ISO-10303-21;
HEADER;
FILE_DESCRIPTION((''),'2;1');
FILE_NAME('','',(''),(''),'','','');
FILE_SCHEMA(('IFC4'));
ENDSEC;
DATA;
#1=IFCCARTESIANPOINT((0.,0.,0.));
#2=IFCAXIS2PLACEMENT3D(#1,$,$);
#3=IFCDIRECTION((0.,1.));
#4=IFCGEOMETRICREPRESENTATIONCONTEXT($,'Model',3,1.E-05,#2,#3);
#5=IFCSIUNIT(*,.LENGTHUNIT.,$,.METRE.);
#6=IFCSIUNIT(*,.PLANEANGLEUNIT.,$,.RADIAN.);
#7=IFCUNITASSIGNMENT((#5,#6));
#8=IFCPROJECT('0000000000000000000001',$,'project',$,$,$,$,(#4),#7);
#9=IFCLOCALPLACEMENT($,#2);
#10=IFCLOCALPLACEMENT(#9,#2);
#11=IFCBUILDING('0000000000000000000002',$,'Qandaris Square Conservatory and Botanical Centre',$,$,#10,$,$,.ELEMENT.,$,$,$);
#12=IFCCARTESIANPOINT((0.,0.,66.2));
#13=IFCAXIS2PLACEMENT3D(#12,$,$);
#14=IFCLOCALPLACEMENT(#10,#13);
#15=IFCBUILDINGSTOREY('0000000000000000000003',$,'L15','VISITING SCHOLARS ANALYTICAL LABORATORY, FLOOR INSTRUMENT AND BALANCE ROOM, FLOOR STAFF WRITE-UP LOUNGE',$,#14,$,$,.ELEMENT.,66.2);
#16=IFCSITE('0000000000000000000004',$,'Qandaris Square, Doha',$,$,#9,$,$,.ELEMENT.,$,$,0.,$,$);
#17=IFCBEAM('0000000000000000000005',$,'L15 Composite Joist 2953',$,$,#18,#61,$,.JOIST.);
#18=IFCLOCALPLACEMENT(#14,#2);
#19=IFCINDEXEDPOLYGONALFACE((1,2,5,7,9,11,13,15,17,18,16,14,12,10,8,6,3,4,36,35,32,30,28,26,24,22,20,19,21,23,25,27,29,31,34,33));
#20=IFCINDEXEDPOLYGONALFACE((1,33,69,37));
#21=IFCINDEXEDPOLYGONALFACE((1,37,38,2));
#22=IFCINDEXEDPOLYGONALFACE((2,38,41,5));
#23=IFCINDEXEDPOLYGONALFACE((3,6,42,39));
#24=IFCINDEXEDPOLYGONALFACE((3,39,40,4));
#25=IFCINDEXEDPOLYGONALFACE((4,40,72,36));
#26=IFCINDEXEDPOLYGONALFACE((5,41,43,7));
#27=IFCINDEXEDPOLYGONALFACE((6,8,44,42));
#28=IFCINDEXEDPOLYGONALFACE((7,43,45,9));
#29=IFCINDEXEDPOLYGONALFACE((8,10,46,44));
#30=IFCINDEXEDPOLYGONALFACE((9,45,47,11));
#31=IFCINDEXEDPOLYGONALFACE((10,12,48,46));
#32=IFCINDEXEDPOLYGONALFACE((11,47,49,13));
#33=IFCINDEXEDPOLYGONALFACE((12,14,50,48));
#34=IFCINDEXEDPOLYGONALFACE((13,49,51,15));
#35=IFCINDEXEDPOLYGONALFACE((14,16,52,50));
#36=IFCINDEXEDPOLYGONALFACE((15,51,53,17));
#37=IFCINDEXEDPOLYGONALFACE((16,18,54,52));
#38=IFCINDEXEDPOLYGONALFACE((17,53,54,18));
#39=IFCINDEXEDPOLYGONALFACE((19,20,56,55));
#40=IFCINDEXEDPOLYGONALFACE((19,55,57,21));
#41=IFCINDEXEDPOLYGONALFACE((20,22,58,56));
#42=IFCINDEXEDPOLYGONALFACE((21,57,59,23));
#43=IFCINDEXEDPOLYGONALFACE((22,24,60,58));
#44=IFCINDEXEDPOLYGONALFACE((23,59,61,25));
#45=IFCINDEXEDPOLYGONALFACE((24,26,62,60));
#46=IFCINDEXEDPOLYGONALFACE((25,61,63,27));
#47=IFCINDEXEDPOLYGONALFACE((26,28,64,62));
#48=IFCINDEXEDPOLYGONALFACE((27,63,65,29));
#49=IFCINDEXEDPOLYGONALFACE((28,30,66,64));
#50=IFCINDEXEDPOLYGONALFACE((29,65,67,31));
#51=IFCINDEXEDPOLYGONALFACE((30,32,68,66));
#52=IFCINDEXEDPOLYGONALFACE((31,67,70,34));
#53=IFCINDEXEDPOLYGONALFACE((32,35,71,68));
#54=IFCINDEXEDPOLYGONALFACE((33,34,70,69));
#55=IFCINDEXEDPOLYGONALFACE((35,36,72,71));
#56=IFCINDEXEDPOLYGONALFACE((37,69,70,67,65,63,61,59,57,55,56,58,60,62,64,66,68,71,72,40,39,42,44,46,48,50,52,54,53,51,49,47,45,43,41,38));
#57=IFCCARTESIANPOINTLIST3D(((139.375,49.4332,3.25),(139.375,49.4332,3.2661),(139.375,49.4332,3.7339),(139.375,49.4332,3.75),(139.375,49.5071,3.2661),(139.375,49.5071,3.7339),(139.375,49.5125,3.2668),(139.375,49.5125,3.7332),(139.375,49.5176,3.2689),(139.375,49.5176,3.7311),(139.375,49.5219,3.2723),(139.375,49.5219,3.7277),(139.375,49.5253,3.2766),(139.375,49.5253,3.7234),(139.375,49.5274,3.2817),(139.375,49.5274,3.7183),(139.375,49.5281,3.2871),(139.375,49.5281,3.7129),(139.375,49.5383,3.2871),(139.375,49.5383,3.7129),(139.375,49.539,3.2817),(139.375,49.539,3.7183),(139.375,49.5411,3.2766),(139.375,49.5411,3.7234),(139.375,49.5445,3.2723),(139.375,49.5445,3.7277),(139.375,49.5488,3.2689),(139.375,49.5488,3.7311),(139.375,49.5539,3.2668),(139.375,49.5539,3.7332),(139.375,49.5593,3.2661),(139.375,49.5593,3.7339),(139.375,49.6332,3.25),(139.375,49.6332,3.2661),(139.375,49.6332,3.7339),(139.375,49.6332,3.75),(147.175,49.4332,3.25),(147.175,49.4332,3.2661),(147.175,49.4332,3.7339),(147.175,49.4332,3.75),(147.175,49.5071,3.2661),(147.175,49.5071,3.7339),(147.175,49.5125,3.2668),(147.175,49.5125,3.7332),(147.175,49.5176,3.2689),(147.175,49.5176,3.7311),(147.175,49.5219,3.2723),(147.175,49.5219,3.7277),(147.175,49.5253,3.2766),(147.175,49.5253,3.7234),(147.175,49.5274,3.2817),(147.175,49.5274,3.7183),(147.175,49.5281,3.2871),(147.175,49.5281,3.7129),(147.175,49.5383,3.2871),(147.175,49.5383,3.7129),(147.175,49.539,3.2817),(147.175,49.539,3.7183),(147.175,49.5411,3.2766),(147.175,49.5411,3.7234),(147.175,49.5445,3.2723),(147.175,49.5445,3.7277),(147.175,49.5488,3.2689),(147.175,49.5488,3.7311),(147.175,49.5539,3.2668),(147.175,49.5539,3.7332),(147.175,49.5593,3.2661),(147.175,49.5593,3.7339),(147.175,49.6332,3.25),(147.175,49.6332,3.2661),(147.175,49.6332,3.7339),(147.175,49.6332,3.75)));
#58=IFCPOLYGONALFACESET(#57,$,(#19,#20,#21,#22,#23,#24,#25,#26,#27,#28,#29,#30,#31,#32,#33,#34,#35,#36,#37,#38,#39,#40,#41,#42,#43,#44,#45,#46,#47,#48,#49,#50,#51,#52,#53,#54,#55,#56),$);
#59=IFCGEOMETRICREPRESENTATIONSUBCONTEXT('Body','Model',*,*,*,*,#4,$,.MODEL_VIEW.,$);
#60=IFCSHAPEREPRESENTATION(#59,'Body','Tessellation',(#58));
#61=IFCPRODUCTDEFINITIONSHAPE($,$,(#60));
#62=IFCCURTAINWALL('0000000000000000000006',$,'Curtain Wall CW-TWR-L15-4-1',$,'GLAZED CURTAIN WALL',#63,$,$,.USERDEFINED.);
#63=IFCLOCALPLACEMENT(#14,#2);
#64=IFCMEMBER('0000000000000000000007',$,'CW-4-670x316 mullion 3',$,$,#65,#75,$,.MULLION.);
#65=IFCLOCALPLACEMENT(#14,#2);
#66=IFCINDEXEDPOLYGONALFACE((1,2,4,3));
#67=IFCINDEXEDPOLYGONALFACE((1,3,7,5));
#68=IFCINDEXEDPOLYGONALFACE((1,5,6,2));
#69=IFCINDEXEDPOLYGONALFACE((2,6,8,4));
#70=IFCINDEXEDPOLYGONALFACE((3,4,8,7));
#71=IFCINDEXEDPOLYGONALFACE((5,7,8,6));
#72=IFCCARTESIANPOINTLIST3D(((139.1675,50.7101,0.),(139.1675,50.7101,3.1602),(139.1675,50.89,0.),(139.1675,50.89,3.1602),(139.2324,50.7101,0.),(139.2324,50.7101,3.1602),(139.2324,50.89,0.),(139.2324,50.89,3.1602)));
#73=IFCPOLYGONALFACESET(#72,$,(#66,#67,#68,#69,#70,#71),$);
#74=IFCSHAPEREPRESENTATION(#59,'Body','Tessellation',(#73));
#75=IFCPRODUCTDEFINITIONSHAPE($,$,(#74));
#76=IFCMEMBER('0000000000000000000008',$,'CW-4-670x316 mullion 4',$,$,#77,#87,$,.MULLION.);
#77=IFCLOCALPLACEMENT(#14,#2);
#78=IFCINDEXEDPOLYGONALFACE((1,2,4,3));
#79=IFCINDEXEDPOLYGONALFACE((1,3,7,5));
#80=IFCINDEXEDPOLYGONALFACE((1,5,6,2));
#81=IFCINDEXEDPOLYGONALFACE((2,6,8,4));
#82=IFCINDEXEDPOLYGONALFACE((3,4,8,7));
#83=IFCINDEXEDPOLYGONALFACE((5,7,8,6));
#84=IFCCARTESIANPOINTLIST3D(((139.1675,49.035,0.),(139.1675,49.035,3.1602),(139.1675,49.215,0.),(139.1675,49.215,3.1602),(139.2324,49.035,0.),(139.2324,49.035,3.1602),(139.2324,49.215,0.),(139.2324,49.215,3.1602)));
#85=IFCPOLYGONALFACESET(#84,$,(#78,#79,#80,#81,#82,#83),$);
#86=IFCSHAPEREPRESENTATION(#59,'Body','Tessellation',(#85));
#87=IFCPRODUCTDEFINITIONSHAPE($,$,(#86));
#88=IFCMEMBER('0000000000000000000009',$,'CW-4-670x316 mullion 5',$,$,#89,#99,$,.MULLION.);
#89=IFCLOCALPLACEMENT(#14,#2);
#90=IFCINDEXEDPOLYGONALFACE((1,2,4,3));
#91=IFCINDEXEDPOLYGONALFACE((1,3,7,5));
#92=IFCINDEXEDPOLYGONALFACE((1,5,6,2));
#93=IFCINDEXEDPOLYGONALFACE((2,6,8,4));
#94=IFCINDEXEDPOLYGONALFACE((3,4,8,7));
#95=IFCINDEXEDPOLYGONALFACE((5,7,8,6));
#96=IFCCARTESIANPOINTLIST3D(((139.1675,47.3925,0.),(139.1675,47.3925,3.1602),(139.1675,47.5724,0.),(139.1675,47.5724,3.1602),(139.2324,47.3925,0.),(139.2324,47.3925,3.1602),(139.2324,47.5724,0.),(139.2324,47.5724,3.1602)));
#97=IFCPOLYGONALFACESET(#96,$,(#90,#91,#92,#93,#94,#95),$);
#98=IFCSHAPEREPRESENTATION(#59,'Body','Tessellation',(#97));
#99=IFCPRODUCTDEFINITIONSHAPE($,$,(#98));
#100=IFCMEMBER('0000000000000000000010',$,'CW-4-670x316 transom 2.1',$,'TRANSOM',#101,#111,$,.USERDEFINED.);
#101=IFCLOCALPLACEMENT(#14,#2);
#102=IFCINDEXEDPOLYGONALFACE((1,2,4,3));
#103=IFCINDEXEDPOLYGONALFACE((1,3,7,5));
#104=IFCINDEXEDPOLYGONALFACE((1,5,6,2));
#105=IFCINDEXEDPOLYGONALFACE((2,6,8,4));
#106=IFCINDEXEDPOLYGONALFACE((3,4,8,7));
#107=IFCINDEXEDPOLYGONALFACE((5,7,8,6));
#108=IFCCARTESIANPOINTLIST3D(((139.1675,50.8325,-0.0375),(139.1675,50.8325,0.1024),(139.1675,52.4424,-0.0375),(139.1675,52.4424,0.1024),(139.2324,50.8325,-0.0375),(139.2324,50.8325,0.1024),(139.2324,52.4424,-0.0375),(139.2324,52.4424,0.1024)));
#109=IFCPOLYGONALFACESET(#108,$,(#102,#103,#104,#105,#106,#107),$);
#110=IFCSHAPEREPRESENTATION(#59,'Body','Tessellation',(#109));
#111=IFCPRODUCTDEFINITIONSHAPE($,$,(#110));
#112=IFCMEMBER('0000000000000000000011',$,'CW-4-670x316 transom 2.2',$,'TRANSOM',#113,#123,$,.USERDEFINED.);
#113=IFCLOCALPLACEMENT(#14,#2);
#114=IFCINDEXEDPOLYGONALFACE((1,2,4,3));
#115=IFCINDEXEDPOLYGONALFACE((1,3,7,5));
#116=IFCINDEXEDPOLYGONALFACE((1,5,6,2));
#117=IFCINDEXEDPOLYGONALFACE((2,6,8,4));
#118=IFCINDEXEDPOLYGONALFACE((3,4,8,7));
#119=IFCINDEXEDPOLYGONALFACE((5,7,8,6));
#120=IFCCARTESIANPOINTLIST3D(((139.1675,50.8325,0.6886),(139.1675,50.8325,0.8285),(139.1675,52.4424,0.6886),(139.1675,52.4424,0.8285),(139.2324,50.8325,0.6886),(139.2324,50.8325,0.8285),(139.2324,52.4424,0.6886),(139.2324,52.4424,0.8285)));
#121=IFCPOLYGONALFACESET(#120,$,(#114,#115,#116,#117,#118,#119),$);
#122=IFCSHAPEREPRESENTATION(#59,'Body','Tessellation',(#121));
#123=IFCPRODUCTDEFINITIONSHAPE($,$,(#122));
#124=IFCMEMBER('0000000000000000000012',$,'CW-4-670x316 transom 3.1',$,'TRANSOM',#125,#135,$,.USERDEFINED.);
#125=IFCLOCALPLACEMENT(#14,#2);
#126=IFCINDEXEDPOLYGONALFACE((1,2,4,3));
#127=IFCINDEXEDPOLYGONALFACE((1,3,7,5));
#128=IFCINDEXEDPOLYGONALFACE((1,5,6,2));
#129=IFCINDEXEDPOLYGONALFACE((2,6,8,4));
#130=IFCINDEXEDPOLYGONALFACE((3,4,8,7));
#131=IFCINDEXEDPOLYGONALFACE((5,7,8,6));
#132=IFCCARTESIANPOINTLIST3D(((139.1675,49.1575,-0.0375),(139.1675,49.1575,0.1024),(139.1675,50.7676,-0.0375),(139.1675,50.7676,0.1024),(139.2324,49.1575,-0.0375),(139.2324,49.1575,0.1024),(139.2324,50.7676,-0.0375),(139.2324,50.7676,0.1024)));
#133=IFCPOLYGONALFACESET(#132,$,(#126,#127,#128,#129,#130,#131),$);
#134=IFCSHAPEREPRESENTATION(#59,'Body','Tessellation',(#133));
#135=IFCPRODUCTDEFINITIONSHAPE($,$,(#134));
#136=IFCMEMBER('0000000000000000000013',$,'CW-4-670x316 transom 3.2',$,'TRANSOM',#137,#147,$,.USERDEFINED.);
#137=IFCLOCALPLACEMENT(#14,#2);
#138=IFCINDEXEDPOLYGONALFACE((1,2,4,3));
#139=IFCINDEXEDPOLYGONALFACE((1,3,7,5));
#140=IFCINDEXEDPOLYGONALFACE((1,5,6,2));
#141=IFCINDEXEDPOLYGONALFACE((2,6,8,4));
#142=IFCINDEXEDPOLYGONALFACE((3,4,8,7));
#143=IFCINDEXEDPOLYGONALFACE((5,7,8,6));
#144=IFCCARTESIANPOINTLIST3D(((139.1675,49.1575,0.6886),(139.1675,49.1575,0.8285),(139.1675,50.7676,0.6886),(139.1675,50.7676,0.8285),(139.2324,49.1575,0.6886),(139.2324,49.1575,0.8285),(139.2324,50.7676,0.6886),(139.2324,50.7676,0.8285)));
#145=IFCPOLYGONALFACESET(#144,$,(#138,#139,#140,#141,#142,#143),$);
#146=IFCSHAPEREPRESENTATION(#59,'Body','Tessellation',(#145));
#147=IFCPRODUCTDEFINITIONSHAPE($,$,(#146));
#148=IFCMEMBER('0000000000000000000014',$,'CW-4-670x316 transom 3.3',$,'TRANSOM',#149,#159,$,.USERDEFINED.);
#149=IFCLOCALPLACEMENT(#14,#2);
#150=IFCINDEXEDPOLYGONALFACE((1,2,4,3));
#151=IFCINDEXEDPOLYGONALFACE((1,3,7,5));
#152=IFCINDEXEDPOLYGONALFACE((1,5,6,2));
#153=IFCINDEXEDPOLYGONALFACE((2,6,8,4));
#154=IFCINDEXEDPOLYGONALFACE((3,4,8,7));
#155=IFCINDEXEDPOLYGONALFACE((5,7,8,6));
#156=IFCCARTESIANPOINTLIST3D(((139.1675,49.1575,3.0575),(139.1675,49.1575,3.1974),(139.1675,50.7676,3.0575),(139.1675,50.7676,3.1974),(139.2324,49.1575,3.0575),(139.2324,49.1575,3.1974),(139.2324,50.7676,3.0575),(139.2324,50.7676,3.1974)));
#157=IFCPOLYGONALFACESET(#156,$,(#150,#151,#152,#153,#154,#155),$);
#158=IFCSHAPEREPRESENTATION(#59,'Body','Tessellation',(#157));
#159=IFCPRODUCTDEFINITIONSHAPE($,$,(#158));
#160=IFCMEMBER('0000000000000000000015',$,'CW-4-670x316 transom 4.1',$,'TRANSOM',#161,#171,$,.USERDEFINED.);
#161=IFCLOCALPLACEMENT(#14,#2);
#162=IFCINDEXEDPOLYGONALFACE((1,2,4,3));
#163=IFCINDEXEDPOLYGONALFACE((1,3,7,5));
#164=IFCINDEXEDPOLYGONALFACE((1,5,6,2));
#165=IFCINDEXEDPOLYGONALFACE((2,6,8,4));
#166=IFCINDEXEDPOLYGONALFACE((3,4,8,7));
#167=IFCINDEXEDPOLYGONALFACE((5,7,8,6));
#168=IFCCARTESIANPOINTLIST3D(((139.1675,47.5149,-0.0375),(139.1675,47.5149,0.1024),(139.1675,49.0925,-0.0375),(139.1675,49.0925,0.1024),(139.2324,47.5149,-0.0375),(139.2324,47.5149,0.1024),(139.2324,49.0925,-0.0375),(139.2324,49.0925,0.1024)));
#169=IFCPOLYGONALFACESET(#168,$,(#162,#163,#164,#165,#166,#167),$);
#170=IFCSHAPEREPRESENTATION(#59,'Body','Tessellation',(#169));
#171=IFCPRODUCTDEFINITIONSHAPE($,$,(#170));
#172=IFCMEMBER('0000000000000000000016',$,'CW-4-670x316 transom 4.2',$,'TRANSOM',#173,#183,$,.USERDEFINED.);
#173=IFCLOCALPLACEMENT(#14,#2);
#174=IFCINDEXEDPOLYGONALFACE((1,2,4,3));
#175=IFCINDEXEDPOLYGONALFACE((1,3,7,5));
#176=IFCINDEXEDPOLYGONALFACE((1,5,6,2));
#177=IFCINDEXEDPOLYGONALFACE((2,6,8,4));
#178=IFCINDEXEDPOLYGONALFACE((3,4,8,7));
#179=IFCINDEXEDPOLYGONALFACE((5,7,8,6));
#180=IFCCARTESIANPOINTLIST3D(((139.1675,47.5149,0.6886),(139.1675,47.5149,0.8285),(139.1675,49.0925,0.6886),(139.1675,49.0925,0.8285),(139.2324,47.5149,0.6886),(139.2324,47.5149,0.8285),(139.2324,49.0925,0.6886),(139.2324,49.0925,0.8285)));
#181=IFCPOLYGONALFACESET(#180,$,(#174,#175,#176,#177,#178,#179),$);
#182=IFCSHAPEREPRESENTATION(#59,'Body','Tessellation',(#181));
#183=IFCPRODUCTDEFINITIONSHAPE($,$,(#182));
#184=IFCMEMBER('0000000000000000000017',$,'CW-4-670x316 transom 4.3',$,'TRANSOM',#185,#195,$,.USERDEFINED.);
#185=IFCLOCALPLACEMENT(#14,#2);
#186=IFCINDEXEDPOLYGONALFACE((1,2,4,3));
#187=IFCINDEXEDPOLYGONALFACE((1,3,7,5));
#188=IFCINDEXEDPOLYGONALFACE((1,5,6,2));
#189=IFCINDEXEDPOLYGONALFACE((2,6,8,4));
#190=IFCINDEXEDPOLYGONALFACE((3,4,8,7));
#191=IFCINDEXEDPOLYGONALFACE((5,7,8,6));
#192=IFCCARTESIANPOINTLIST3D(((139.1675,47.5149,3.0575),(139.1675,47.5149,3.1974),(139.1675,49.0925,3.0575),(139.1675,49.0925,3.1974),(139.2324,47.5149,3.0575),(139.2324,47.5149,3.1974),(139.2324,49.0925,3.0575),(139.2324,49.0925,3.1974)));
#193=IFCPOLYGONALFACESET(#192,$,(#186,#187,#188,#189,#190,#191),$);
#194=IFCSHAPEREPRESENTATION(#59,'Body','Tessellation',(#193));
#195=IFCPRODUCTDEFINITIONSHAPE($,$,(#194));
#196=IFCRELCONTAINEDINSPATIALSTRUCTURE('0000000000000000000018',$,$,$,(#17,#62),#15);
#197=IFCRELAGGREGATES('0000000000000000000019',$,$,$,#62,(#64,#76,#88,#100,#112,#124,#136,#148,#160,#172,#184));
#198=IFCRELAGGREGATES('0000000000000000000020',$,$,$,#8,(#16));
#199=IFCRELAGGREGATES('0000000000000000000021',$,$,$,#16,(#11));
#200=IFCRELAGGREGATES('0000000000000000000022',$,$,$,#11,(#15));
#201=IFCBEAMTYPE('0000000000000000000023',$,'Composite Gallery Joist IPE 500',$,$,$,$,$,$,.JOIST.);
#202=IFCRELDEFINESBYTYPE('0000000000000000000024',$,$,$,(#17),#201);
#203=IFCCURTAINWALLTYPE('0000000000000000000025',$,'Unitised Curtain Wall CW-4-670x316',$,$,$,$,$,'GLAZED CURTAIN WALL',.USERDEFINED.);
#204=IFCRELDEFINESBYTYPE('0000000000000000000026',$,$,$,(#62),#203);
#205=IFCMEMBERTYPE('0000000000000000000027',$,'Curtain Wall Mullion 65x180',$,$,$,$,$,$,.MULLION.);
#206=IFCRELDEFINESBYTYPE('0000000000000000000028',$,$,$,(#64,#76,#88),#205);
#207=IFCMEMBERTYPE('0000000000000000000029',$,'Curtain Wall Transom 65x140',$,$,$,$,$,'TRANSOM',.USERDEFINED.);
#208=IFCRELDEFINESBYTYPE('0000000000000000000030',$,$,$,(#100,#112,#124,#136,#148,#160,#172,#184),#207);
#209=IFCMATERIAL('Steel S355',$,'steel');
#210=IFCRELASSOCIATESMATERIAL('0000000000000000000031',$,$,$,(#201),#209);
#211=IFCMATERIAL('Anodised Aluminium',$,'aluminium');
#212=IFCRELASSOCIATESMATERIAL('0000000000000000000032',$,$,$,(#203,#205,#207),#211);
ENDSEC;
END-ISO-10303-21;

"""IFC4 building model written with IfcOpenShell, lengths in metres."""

from ifc_helpers import new_model, si_unit, direction, frame, origin, origin_2d, place, context, subcontext, project, spatial, rectangle, i_section, extrude, material, material_profile, profile_set, type_object, element, aggregate, save


model = new_model("IFC4")

# Units and contexts
model_context = context("Model", 3, precision=1e-05, world=origin(), true_north=direction((0.0, 1.0)))
body_context = subcontext(model_context, "Body", "Model", "MODEL_VIEW")
ifc_project = project(units=[si_unit("LENGTHUNIT", "METRE"), si_unit("PLANEANGLEUNIT", "RADIAN")], contexts=[model_context])

# Site, building, storey
site_placement = place(None, origin())
site = spatial("IfcSite", under=ifc_project, at=site_placement, Name="Qandaris Square, Doha", CompositionType="ELEMENT", RefElevation=0.0)
building_placement = place(site_placement, origin())
building = spatial("IfcBuilding", under=site, at=building_placement, Name="Qandaris Square Conservatory and Botanical Centre", CompositionType="ELEMENT")
storey_placement = place(building_placement, frame((0.0, 0.0, 66.2)))
storey = spatial("IfcBuildingStorey", under=building, at=storey_placement, Name="L15", Description="VISITING SCHOLARS ANALYTICAL LABORATORY, FLOOR INSTRUMENT AND BALANCE ROOM, FLOOR STAFF WRITE-UP LOUNGE", CompositionType="ELEMENT", Elevation=66.2)

# Beam
ifc_material_1 = material(Name="Steel S355", Category="steel")
ifc_material_profile_1 = material_profile(ifc_material_1, i_section(OverallWidth=0.2, OverallDepth=0.5, WebThickness=0.0103, FlangeThickness=0.0161, FilletRadius=0.021, at=origin_2d()), Name="IPE 500")
ifc_profile_set_1 = profile_set([ifc_material_profile_1], Name="Steel S355")
beam_type_1 = type_object("IfcBeamType", Name="Composite Gallery Joist IPE 500", PredefinedType="JOIST", material=ifc_profile_set_1)
beam_1_placement = place(storey_placement, frame((139.375, 49.5332, 3.5), z_axis=(1.0, 0.0, 0.0), x_axis=(0.0, 1.0, 0.0)))
element("IfcBeam", 1, at=beam_1_placement, inside=storey, type_object=beam_type_1, Name="L15 Composite Joist 2953", PredefinedType="JOIST", context=body_context, shape_type="SweptSolid", body=[
    extrude(i_section(OverallWidth=0.2, OverallDepth=0.5, WebThickness=0.0103, FlangeThickness=0.0161, FilletRadius=0.021, at=origin_2d()), origin(), (0.0, 0.0, 1.0), 7.8),
])

# Curtain wall, members
ifc_material_2 = material(Name="Anodised Aluminium", Category="aluminium")
curtain_wall_type = type_object("IfcCurtainWallType", Name="Unitised Curtain Wall CW-4-670x316", ElementType="GLAZED CURTAIN WALL", PredefinedType="USERDEFINED", material=ifc_material_2)
curtain_wall_placement = place(storey_placement, origin())
curtain_wall = element("IfcCurtainWall", 2, at=curtain_wall_placement, inside=storey, type_object=curtain_wall_type, Name="Curtain Wall CW-TWR-L15-4-1", ObjectType="GLAZED CURTAIN WALL", PredefinedType="USERDEFINED")
ifc_material_profile_2 = material_profile(ifc_material_2, rectangle(XDim=0.0649, YDim=0.1799, at=origin_2d()), Name="ALU-MUL 65x180")
ifc_profile_set_2 = profile_set([ifc_material_profile_2], Name="Anodised Aluminium")
member_type_1 = type_object("IfcMemberType", Name="Curtain Wall Mullion 65x180", PredefinedType="MULLION", material=ifc_profile_set_2)
member_1_placement = place(storey_placement, frame((139.2, 50.8, 0.0), z_axis=(0.0, 0.0, 1.0), x_axis=(1.0, 0.0, 0.0)))
member_1 = element("IfcMember", 3, at=member_1_placement, type_object=member_type_1, Name="CW-4-670x316 mullion 3", PredefinedType="MULLION", context=body_context, shape_type="SweptSolid", body=[
    extrude(rectangle(XDim=0.0649, YDim=0.1799, at=origin_2d()), origin(), (0.0, 0.0, 1.0), 3.1602),
])
member_2_placement = place(storey_placement, frame((139.2, 49.125, 0.0), z_axis=(0.0, 0.0, 1.0), x_axis=(1.0, 0.0, 0.0)))
member_2 = element("IfcMember", 4, at=member_2_placement, type_object=member_type_1, Name="CW-4-670x316 mullion 4", PredefinedType="MULLION", context=body_context, shape_type="SweptSolid", body=[
    extrude(rectangle(XDim=0.0649, YDim=0.1799, at=origin_2d()), origin(), (0.0, 0.0, 1.0), 3.1602),
])
member_3_placement = place(storey_placement, frame((139.2, 47.4824, 0.0), z_axis=(0.0, 0.0, 1.0), x_axis=(1.0, 0.0, 0.0)))
member_3 = element("IfcMember", 5, at=member_3_placement, type_object=member_type_1, Name="CW-4-670x316 mullion 5", PredefinedType="MULLION", context=body_context, shape_type="SweptSolid", body=[
    extrude(rectangle(XDim=0.0649, YDim=0.1799, at=origin_2d()), origin(), (0.0, 0.0, 1.0), 3.1602),
])
ifc_material_profile_3 = material_profile(ifc_material_2, rectangle(XDim=0.0649, YDim=0.1399, at=origin_2d()), Name="ALU-TRN 65x140")
ifc_profile_set_3 = profile_set([ifc_material_profile_3], Name="Anodised Aluminium")
member_type_2 = type_object("IfcMemberType", Name="Curtain Wall Transom 65x140", ElementType="TRANSOM", PredefinedType="USERDEFINED", material=ifc_profile_set_3)
member_4_placement = place(storey_placement, frame((139.2, 52.4424, 0.0325), z_axis=(0.0, -1.0, 0.0), x_axis=(1.0, 0.0, 0.0)))
member_4 = element("IfcMember", 6, at=member_4_placement, type_object=member_type_2, Name="CW-4-670x316 transom 2.1", ObjectType="TRANSOM", PredefinedType="USERDEFINED", context=body_context, shape_type="SweptSolid", body=[
    extrude(rectangle(XDim=0.0649, YDim=0.1399, at=origin_2d()), origin(), (0.0, 0.0, 1.0), 1.6099),
])
member_5_placement = place(storey_placement, frame((139.2, 52.4424, 0.7585), z_axis=(0.0, -1.0, 0.0), x_axis=(1.0, 0.0, 0.0)))
member_5 = element("IfcMember", 7, at=member_5_placement, type_object=member_type_2, Name="CW-4-670x316 transom 2.2", ObjectType="TRANSOM", PredefinedType="USERDEFINED", context=body_context, shape_type="SweptSolid", body=[
    extrude(rectangle(XDim=0.0649, YDim=0.1399, at=origin_2d()), origin(), (0.0, 0.0, 1.0), 1.6099),
])
member_6_placement = place(storey_placement, frame((139.2, 50.7676, 0.0325), z_axis=(0.0, -1.0, 0.0), x_axis=(1.0, 0.0, 0.0)))
member_6 = element("IfcMember", 8, at=member_6_placement, type_object=member_type_2, Name="CW-4-670x316 transom 3.1", ObjectType="TRANSOM", PredefinedType="USERDEFINED", context=body_context, shape_type="SweptSolid", body=[
    extrude(rectangle(XDim=0.0649, YDim=0.1399, at=origin_2d()), origin(), (0.0, 0.0, 1.0), 1.6101),
])
member_7_placement = place(storey_placement, frame((139.2, 50.7676, 0.7585), z_axis=(0.0, -1.0, 0.0), x_axis=(1.0, 0.0, 0.0)))
member_7 = element("IfcMember", 9, at=member_7_placement, type_object=member_type_2, Name="CW-4-670x316 transom 3.2", ObjectType="TRANSOM", PredefinedType="USERDEFINED", context=body_context, shape_type="SweptSolid", body=[
    extrude(rectangle(XDim=0.0649, YDim=0.1399, at=origin_2d()), origin(), (0.0, 0.0, 1.0), 1.6101),
])
member_8_placement = place(storey_placement, frame((139.2, 50.7676, 3.1274), z_axis=(0.0, -1.0, 0.0), x_axis=(1.0, 0.0, 0.0)))
member_8 = element("IfcMember", 10, at=member_8_placement, type_object=member_type_2, Name="CW-4-670x316 transom 3.3", ObjectType="TRANSOM", PredefinedType="USERDEFINED", context=body_context, shape_type="SweptSolid", body=[
    extrude(rectangle(XDim=0.0649, YDim=0.1399, at=origin_2d()), origin(), (0.0, 0.0, 1.0), 1.6101),
])
member_9_placement = place(storey_placement, frame((139.2, 49.0925, 0.0325), z_axis=(0.0, -1.0, 0.0), x_axis=(1.0, 0.0, 0.0)))
member_9 = element("IfcMember", 11, at=member_9_placement, type_object=member_type_2, Name="CW-4-670x316 transom 4.1", ObjectType="TRANSOM", PredefinedType="USERDEFINED", context=body_context, shape_type="SweptSolid", body=[
    extrude(rectangle(XDim=0.0649, YDim=0.1399, at=origin_2d()), origin(), (0.0, 0.0, 1.0), 1.5776),
])
member_10_placement = place(storey_placement, frame((139.2, 49.0925, 0.7585), z_axis=(0.0, -1.0, 0.0), x_axis=(1.0, 0.0, 0.0)))
member_10 = element("IfcMember", 12, at=member_10_placement, type_object=member_type_2, Name="CW-4-670x316 transom 4.2", ObjectType="TRANSOM", PredefinedType="USERDEFINED", context=body_context, shape_type="SweptSolid", body=[
    extrude(rectangle(XDim=0.0649, YDim=0.1399, at=origin_2d()), origin(), (0.0, 0.0, 1.0), 1.5776),
])
member_11_placement = place(storey_placement, frame((139.2, 49.0925, 3.1274), z_axis=(0.0, -1.0, 0.0), x_axis=(1.0, 0.0, 0.0)))
member_11 = element("IfcMember", 13, at=member_11_placement, type_object=member_type_2, Name="CW-4-670x316 transom 4.3", ObjectType="TRANSOM", PredefinedType="USERDEFINED", context=body_context, shape_type="SweptSolid", body=[
    extrude(rectangle(XDim=0.0649, YDim=0.1399, at=origin_2d()), origin(), (0.0, 0.0, 1.0), 1.5776),
])

aggregate(curtain_wall, [member_1, member_2, member_3, member_4, member_5, member_6, member_7, member_8, member_9, member_10, member_11])

save(model, "model.ifc")
